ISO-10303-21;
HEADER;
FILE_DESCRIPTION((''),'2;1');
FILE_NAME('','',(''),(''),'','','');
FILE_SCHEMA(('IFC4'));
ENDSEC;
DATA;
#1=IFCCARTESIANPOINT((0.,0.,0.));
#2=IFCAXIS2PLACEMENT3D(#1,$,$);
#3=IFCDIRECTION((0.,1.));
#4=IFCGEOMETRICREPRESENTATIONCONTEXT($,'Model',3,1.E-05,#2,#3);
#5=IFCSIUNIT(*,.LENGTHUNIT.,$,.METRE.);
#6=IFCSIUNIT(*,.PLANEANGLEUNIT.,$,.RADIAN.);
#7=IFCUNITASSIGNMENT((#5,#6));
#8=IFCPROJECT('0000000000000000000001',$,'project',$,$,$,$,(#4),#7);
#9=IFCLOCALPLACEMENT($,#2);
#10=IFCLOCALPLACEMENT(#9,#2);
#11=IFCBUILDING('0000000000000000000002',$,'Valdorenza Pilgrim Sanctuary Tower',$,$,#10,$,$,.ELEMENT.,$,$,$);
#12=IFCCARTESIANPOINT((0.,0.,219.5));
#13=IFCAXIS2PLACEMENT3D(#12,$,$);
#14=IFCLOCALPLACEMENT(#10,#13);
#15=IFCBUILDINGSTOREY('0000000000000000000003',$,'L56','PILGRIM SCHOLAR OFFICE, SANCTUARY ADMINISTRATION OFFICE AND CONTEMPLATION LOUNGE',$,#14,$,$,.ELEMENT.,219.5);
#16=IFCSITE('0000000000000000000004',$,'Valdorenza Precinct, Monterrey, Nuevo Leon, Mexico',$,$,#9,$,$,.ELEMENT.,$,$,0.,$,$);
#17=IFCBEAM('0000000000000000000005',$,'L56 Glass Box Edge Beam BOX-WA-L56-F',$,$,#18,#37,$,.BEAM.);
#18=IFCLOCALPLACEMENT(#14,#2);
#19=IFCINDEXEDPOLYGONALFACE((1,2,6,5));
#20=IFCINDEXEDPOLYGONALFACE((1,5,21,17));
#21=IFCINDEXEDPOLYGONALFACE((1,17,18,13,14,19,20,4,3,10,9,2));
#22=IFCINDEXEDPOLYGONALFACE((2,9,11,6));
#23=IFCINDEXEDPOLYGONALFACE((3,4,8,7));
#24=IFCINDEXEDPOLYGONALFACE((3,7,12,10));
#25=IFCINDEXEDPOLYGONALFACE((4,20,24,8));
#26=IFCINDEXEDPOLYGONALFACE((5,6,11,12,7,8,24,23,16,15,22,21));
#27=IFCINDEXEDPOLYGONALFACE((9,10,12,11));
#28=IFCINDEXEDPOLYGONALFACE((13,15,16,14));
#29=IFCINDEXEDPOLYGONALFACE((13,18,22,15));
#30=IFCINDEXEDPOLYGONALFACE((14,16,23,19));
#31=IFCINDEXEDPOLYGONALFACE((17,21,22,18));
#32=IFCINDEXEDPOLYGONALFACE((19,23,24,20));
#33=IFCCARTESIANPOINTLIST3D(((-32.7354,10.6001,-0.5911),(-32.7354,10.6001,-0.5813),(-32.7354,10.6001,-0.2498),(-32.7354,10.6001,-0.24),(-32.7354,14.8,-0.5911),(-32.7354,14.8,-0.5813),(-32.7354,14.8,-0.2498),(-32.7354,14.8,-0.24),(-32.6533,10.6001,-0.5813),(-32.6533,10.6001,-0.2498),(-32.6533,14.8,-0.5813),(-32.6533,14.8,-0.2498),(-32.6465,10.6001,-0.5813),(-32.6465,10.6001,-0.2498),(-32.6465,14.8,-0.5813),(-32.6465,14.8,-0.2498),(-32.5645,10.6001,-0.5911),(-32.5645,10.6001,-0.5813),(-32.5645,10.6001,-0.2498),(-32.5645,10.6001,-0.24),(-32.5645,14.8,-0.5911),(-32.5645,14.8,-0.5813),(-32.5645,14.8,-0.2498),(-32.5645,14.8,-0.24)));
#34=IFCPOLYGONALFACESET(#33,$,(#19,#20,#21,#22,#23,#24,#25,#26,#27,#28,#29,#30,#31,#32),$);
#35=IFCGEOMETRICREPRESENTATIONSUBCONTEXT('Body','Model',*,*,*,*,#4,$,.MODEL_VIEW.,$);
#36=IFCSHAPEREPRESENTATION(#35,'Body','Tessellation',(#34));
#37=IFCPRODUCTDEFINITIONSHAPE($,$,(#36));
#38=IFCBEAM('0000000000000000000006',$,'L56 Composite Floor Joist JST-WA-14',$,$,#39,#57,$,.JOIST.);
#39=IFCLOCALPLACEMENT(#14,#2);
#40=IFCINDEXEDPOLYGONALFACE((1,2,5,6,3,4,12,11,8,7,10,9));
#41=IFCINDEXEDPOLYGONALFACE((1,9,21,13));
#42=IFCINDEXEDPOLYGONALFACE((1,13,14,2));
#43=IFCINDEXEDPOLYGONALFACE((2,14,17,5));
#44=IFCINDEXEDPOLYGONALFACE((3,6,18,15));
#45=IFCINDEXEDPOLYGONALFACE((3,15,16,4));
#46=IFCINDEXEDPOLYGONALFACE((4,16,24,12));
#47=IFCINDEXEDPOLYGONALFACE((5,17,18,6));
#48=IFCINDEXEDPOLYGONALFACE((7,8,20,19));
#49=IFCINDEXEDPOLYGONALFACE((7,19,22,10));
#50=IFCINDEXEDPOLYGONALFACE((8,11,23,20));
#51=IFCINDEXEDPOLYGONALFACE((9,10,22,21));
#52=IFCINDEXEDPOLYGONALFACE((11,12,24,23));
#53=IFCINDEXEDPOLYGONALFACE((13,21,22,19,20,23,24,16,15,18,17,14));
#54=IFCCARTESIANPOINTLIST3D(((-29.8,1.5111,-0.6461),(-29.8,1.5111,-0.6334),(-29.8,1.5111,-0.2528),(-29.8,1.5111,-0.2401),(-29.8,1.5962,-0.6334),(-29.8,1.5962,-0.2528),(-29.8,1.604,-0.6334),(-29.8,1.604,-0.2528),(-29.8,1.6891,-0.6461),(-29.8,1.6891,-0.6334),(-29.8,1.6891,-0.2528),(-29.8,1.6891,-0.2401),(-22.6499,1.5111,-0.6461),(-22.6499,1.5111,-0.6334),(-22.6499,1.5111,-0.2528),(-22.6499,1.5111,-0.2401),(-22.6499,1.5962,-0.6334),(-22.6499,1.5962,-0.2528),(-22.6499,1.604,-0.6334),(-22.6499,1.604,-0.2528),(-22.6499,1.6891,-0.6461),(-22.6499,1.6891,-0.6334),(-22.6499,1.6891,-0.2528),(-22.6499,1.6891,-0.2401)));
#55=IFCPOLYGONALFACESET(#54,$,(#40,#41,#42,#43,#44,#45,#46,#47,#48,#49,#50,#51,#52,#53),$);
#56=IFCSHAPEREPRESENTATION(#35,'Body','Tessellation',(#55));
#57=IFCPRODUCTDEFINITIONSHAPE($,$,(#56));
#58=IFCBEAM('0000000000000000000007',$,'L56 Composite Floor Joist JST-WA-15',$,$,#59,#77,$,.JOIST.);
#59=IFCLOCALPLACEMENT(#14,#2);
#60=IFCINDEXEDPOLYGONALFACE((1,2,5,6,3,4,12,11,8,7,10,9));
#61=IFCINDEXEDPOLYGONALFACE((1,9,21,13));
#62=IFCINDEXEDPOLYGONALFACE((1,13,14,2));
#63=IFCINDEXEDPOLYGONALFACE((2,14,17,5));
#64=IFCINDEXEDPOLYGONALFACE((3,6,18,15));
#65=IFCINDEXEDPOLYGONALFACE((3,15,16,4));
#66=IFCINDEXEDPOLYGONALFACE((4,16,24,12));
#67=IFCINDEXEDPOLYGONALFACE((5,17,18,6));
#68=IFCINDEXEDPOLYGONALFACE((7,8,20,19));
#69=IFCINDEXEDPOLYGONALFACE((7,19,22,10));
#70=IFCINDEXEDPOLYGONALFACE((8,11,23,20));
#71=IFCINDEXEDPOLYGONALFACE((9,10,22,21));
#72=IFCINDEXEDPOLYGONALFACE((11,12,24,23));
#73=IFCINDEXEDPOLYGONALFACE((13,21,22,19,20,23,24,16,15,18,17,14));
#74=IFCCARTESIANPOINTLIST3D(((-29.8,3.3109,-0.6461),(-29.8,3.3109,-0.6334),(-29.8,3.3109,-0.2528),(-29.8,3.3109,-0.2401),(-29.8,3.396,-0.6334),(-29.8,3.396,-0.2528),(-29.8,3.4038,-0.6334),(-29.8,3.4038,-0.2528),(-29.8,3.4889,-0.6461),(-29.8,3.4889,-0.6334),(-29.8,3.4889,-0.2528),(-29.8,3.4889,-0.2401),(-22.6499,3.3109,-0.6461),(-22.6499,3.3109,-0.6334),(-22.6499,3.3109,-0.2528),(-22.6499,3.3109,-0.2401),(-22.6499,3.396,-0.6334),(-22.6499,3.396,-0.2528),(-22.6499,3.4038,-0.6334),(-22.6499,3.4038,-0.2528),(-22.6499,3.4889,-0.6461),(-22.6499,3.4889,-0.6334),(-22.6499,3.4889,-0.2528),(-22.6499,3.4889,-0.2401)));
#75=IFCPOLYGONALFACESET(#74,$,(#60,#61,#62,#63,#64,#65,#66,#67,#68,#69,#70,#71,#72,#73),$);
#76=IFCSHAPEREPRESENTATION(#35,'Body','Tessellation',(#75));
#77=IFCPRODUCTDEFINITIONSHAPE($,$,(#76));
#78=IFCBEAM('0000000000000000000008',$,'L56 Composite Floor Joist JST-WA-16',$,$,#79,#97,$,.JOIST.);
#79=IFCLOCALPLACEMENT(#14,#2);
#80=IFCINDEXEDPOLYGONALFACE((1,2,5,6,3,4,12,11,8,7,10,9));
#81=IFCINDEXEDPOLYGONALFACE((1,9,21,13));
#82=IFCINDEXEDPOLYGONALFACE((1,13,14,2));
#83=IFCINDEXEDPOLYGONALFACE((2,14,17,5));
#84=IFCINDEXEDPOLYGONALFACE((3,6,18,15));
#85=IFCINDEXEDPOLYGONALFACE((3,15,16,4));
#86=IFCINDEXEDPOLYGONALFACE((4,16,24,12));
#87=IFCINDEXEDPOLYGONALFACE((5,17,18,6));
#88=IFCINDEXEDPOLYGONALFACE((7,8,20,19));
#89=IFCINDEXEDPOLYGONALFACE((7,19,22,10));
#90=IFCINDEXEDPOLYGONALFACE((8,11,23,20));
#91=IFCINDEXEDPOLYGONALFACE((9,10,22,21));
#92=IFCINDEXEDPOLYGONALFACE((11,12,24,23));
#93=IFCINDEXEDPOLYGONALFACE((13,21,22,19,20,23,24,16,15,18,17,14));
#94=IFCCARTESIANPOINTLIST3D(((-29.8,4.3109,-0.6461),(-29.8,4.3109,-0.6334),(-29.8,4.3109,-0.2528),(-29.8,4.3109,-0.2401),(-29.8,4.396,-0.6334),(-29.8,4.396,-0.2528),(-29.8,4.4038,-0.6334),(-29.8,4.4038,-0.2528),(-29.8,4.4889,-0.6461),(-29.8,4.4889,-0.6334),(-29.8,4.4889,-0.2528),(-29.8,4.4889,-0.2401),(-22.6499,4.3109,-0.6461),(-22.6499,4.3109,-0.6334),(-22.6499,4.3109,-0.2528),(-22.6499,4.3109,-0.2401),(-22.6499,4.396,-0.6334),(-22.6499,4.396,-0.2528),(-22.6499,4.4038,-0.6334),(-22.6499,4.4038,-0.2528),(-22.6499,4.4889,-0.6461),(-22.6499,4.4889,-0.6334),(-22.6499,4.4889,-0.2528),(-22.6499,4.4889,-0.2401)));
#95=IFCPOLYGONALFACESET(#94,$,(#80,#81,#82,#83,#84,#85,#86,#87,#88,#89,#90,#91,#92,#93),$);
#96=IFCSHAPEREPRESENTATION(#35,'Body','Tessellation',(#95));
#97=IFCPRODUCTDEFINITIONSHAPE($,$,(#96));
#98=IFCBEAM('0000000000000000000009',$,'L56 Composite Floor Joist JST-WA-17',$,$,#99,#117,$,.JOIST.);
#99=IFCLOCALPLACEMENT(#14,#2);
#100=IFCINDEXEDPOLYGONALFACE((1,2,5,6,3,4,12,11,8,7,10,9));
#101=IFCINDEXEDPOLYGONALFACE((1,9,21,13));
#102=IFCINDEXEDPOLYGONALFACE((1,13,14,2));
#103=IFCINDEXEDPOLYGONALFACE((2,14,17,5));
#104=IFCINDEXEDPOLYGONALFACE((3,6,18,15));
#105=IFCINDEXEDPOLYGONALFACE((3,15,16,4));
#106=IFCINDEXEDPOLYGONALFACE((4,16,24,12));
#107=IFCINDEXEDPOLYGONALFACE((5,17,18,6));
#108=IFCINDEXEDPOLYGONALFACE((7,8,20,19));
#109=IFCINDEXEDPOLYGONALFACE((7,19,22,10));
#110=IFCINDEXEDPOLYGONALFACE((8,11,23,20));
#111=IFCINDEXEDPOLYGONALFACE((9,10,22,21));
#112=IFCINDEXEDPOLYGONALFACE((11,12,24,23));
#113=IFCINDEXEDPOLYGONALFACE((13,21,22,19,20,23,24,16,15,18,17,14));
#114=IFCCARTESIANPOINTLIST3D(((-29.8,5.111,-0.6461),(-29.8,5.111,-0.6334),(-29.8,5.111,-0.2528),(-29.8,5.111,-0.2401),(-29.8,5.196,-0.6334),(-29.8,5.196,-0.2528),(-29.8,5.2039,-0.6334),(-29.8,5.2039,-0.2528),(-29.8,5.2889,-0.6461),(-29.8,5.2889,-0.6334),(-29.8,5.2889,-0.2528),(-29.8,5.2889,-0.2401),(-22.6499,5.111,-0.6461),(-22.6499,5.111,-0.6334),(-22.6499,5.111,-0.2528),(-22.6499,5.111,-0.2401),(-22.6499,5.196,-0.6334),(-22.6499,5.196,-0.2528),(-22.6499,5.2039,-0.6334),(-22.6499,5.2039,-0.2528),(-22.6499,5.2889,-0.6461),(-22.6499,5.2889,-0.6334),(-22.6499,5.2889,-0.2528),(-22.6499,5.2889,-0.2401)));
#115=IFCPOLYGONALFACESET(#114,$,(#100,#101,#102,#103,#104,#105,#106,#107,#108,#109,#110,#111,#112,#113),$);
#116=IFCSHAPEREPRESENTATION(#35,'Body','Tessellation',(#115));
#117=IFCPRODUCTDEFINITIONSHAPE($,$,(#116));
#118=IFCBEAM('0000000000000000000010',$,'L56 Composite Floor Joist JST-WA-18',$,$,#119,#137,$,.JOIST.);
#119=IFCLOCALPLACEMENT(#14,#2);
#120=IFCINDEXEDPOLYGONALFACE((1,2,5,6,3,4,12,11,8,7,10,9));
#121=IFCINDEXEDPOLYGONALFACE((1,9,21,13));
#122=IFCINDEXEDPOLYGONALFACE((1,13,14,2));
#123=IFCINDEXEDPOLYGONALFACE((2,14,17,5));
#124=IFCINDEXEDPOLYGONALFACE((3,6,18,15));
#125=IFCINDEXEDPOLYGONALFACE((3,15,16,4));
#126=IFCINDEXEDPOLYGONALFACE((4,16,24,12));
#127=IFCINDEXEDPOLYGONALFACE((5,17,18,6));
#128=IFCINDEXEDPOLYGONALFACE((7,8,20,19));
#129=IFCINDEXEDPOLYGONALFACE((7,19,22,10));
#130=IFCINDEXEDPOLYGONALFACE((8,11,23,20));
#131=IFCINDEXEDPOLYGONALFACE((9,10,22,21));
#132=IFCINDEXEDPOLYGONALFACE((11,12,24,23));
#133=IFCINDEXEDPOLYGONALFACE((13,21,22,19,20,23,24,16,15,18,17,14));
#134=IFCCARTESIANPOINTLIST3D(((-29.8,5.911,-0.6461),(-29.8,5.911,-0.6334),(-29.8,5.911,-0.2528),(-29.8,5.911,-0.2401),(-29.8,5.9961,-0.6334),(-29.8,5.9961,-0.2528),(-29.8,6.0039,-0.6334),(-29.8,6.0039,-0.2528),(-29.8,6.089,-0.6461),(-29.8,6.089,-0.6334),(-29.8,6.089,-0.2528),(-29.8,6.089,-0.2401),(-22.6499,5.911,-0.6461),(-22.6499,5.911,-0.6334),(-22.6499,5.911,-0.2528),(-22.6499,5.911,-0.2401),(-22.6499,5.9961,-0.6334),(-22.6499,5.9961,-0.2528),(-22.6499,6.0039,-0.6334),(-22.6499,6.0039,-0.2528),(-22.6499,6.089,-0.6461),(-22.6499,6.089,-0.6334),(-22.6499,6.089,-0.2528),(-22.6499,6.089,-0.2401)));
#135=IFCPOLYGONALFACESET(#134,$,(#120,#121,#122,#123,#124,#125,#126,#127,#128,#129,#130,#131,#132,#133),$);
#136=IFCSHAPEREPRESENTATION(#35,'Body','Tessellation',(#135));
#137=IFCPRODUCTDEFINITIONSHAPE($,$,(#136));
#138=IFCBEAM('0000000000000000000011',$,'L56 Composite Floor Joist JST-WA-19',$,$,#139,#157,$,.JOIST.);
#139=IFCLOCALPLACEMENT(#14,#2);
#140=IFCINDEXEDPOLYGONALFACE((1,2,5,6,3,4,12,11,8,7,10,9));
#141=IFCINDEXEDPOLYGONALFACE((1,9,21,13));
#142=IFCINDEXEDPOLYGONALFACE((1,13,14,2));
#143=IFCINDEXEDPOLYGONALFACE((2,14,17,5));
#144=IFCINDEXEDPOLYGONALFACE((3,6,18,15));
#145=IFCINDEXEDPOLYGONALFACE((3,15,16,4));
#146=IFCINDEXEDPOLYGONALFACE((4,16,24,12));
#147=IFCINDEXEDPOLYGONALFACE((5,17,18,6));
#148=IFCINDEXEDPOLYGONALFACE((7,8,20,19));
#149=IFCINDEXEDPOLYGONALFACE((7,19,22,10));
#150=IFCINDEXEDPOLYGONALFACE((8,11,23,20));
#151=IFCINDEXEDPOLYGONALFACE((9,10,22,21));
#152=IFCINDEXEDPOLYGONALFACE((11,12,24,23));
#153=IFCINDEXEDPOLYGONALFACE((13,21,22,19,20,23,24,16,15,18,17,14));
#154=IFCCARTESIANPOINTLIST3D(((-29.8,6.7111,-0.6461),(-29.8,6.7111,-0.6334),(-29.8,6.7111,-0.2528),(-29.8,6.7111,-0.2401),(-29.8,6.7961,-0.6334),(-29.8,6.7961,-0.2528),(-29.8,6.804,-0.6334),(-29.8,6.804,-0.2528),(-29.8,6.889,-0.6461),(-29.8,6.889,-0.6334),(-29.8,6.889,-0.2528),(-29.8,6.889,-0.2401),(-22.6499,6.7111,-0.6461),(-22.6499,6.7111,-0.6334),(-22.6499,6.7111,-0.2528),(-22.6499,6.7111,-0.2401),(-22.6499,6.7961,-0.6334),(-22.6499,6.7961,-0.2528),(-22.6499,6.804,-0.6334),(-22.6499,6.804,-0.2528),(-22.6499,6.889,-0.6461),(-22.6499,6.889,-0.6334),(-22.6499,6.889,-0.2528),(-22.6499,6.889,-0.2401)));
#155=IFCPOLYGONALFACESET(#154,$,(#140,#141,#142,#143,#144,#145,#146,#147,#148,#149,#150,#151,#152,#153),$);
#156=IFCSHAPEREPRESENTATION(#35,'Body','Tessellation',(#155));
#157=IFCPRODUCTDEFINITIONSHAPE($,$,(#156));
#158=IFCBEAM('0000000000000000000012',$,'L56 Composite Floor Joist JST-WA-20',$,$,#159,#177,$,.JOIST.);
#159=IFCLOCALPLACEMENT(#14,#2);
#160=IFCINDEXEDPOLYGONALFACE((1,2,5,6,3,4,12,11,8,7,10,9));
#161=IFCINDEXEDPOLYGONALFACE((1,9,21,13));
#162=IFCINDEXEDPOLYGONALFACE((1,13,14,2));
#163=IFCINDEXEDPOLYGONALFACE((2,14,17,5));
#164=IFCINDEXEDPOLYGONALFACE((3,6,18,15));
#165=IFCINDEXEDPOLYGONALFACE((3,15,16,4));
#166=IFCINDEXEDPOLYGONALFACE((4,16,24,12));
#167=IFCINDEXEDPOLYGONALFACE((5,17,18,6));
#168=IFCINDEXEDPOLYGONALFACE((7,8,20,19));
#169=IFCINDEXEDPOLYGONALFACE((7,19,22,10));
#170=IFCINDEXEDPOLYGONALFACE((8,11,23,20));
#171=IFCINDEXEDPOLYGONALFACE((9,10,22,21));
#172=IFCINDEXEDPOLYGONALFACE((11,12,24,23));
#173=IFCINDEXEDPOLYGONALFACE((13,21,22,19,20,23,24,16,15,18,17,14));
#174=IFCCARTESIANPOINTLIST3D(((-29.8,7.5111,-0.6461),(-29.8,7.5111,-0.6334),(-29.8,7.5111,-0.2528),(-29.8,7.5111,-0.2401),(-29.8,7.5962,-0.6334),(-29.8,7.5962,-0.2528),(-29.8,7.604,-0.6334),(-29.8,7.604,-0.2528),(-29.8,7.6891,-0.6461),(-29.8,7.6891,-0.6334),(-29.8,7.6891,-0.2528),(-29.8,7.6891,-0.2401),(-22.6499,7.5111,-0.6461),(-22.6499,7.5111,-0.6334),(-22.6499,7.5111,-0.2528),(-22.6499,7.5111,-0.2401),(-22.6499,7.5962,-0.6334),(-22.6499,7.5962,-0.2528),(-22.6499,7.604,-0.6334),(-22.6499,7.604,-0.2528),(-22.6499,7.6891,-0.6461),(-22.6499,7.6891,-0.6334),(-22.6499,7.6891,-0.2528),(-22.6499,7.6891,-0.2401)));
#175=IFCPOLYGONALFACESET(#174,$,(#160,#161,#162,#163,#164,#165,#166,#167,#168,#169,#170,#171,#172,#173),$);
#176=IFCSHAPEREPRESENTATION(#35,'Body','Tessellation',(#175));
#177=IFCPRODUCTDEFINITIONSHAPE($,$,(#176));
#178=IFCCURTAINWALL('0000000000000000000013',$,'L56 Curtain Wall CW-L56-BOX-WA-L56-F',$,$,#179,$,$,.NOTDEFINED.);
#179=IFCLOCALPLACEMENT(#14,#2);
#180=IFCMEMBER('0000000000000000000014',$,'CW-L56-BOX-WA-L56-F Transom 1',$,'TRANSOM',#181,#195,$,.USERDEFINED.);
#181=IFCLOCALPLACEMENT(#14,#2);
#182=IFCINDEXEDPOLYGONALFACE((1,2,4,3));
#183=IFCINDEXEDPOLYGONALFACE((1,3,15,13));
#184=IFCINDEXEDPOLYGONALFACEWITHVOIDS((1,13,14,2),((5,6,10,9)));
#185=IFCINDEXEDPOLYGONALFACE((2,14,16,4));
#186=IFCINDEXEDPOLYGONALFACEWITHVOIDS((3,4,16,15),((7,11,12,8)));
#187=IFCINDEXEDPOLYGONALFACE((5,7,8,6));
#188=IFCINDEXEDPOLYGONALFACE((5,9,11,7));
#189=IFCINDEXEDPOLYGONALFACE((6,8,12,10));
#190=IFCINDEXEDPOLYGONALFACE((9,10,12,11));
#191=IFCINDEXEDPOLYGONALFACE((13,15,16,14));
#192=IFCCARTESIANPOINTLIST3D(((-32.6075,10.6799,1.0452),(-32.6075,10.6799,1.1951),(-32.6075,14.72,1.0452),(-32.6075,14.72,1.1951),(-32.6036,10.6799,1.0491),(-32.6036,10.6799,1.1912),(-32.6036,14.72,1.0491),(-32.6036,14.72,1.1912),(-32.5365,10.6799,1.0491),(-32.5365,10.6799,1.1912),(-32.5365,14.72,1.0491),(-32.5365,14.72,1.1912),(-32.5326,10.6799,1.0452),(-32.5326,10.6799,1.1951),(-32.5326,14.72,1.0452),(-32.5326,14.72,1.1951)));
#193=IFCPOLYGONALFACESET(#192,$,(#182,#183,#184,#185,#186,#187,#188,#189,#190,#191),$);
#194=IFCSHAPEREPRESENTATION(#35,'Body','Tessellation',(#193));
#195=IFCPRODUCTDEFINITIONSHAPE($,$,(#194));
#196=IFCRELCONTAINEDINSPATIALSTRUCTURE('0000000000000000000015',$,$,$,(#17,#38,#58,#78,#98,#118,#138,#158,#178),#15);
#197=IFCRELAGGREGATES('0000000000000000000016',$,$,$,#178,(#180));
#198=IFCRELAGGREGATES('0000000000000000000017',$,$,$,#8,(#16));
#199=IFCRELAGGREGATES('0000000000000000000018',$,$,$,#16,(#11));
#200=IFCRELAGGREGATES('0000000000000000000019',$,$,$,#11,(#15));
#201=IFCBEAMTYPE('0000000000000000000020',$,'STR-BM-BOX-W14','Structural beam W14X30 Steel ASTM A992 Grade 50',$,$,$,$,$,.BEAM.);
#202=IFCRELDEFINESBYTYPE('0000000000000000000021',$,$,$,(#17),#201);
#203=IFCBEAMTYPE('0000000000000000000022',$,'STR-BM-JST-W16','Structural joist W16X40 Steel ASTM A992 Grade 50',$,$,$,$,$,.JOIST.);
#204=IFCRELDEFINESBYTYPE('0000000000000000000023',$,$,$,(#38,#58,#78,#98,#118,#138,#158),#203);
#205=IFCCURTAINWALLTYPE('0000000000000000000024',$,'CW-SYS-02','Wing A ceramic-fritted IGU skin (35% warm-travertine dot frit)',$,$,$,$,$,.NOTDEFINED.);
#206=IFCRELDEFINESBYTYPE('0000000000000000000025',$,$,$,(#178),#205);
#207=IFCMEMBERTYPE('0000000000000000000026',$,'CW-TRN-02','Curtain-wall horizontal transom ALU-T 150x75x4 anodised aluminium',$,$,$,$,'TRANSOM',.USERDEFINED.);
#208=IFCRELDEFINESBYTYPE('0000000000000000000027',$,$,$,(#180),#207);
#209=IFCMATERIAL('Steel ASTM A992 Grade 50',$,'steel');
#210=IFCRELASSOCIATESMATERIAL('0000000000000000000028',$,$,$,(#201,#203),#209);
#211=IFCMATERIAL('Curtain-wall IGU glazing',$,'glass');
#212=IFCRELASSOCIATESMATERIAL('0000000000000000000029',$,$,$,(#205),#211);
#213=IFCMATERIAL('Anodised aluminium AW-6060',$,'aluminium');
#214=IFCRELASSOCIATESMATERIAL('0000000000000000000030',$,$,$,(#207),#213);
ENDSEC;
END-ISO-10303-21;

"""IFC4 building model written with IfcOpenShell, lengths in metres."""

from ifc_helpers import new_model, si_unit, direction, frame, origin, origin_2d, place, context, subcontext, project, spatial, hollow_rectangle, i_section, extrude, source, transform, mapped, material, material_profile, profile_set, type_object, element, aggregate, save


model = new_model("IFC4")

# Units and contexts
model_context = context("Model", 3, precision=1e-05, world=origin(), true_north=direction((0.0, 1.0)))
body_context = subcontext(model_context, "Body", "Model", "MODEL_VIEW")
ifc_project = project(units=[si_unit("LENGTHUNIT", "METRE"), si_unit("PLANEANGLEUNIT", "RADIAN")], contexts=[model_context])

# Site, building, storey
site_placement = place(None, origin())
site = spatial("IfcSite", under=ifc_project, at=site_placement, Name="Valdorenza Precinct, Monterrey, Nuevo Leon, Mexico", CompositionType="ELEMENT", RefElevation=0.0)
building_placement = place(site_placement, origin())
building = spatial("IfcBuilding", under=site, at=building_placement, Name="Valdorenza Pilgrim Sanctuary Tower", CompositionType="ELEMENT")
storey_placement = place(building_placement, frame((0.0, 0.0, 219.5)))
storey = spatial("IfcBuildingStorey", under=building, at=storey_placement, Name="L56", Description="PILGRIM SCHOLAR OFFICE, SANCTUARY ADMINISTRATION OFFICE AND CONTEMPLATION LOUNGE", CompositionType="ELEMENT", Elevation=219.5)

# Beams
ifc_material_1 = material(Name="Steel ASTM A992 Grade 50", Category="steel")
ifc_material_profile_1 = material_profile(ifc_material_1, i_section(OverallWidth=0.1709, OverallDepth=0.3511, WebThickness=0.0068, FlangeThickness=0.0098, at=origin_2d()), Name="W14X30")
ifc_profile_set_1 = profile_set([ifc_material_profile_1], Name="Steel ASTM A992 Grade 50")
beam_type_1 = type_object("IfcBeamType", Name="STR-BM-BOX-W14", Description="Structural beam W14X30 Steel ASTM A992 Grade 50", PredefinedType="BEAM", material=ifc_profile_set_1)
shared_shape_1 = source(origin(), body_context, "Body", "SweptSolid", [
    extrude(i_section(OverallWidth=0.1709, OverallDepth=0.3511, WebThickness=0.0068, FlangeThickness=0.0098, at=origin_2d()), origin(), (0.0, 0.0, 1.0), 4.2),
])
beam_placement = place(storey_placement, frame((-32.6499, 10.6001, -0.4155), z_axis=(0.0, 1.0, 0.0), x_axis=(-1.0, 0.0, 0.0)))
element("IfcBeam", 1, at=beam_placement, inside=storey, type_object=beam_type_1, Name="L56 Glass Box Edge Beam BOX-WA-L56-F", PredefinedType="BEAM", context=body_context, shape_type="MappedRepresentation", body=[
    mapped(shared_shape_1, transform((0.0, 0.0, 0.0), x_axis=(1.0, 0.0, 0.0), y_axis=(0.0, 1.0, 0.0), z_axis=(0.0, 0.0, 1.0), scale=1.0)),
])
ifc_material_profile_2 = material_profile(ifc_material_1, i_section(OverallWidth=0.178, OverallDepth=0.406, WebThickness=0.0078, FlangeThickness=0.0127, at=origin_2d()), Name="W16X40")
ifc_profile_set_2 = profile_set([ifc_material_profile_2], Name="Steel ASTM A992 Grade 50")
beam_type_2 = type_object("IfcBeamType", Name="STR-BM-JST-W16", Description="Structural joist W16X40 Steel ASTM A992 Grade 50", PredefinedType="JOIST", material=ifc_profile_set_2)
shared_shape_2 = source(origin(), body_context, "Body", "SweptSolid", [
    extrude(i_section(OverallWidth=0.178, OverallDepth=0.406, WebThickness=0.0078, FlangeThickness=0.0127, at=origin_2d()), origin(), (0.0, 0.0, 1.0), 7.1501),
])
for number, where, z_axis, x_axis, name in (
    (2, (-29.8, 1.6001, -0.4431), (1.0, 0.0, 0.0), (0.0, 1.0, 0.0), "L56 Composite Floor Joist JST-WA-14"),
    (3, (-29.8, 3.3999, -0.4431), (1.0, 0.0, 0.0), (0.0, 1.0, 0.0), "L56 Composite Floor Joist JST-WA-15"),
    (4, (-29.8, 4.3999, -0.4431), (1.0, 0.0, 0.0), (0.0, 1.0, 0.0), "L56 Composite Floor Joist JST-WA-16"),
    (5, (-29.8, 5.2, -0.4431), (1.0, 0.0, 0.0), (0.0, 1.0, 0.0), "L56 Composite Floor Joist JST-WA-17"),
    (6, (-29.8, 6.0, -0.4431), (1.0, 0.0, 0.0), (0.0, 1.0, 0.0), "L56 Composite Floor Joist JST-WA-18"),
    (7, (-29.8, 6.8, -0.4431), (1.0, 0.0, 0.0), (0.0, 1.0, 0.0), "L56 Composite Floor Joist JST-WA-19"),
    (8, (-29.8, 7.6001, -0.4431), (1.0, 0.0, 0.0), (0.0, 1.0, 0.0), "L56 Composite Floor Joist JST-WA-20"),
):
    element("IfcBeam", number, at=place(storey_placement, frame(where, z_axis=z_axis, x_axis=x_axis)), inside=storey, type_object=beam_type_2, Name=name, PredefinedType="JOIST", context=body_context, shape_type="MappedRepresentation", body=[
        mapped(shared_shape_2, transform((0.0, 0.0, 0.0), x_axis=(1.0, 0.0, 0.0), y_axis=(0.0, 1.0, 0.0), z_axis=(0.0, 0.0, 1.0), scale=1.0)),
    ])

# Curtain wall, member
ifc_material_2 = material(Name="Curtain-wall IGU glazing", Category="glass")
curtain_wall_type = type_object("IfcCurtainWallType", Name="CW-SYS-02", Description="Wing A ceramic-fritted IGU skin (35% warm-travertine dot frit)", PredefinedType="NOTDEFINED", material=ifc_material_2)
curtain_wall_1_placement = place(storey_placement, origin())
curtain_wall_1 = element("IfcCurtainWall", 9, at=curtain_wall_1_placement, inside=storey, type_object=curtain_wall_type, Name="L56 Curtain Wall CW-L56-BOX-WA-L56-F", PredefinedType="NOTDEFINED")
ifc_material_3 = material(Name="Anodised aluminium AW-6060", Category="aluminium")
ifc_material_profile_3 = material_profile(ifc_material_3, hollow_rectangle(XDim=0.075, YDim=0.1499, WallThickness=0.0039, at=origin_2d()), Name="ALU-T 150x75x4")
ifc_profile_set_3 = profile_set([ifc_material_profile_3], Name="Anodised aluminium AW-6060")
member_type_1 = type_object("IfcMemberType", Name="CW-TRN-02", Description="Curtain-wall horizontal transom ALU-T 150x75x4 anodised aluminium", ElementType="TRANSOM", PredefinedType="USERDEFINED", material=ifc_profile_set_3)
shared_shape_3 = source(origin(), body_context, "Body", "SweptSolid", [
    extrude(hollow_rectangle(XDim=0.075, YDim=0.1499, WallThickness=0.0039, at=origin_2d()), origin(), (0.0, 0.0, 1.0), 4.04),
])
member_1_placement = place(storey_placement, frame((-32.5701, 10.6799, 1.1201), z_axis=(0.0, 1.0, 0.0), x_axis=(-1.0, 0.0, 0.0)))
member_1 = element("IfcMember", 10, at=member_1_placement, type_object=member_type_1, Name="CW-L56-BOX-WA-L56-F Transom 1", ObjectType="TRANSOM", PredefinedType="USERDEFINED", context=body_context, shape_type="MappedRepresentation", body=[
    mapped(shared_shape_3, transform((0.0, 0.0, 0.0), x_axis=(1.0, 0.0, 0.0), y_axis=(0.0, 1.0, 0.0), z_axis=(0.0, 0.0, 1.0), scale=1.0)),
])
aggregate(curtain_wall_1, [member_1])

save(model, "model.ifc")
